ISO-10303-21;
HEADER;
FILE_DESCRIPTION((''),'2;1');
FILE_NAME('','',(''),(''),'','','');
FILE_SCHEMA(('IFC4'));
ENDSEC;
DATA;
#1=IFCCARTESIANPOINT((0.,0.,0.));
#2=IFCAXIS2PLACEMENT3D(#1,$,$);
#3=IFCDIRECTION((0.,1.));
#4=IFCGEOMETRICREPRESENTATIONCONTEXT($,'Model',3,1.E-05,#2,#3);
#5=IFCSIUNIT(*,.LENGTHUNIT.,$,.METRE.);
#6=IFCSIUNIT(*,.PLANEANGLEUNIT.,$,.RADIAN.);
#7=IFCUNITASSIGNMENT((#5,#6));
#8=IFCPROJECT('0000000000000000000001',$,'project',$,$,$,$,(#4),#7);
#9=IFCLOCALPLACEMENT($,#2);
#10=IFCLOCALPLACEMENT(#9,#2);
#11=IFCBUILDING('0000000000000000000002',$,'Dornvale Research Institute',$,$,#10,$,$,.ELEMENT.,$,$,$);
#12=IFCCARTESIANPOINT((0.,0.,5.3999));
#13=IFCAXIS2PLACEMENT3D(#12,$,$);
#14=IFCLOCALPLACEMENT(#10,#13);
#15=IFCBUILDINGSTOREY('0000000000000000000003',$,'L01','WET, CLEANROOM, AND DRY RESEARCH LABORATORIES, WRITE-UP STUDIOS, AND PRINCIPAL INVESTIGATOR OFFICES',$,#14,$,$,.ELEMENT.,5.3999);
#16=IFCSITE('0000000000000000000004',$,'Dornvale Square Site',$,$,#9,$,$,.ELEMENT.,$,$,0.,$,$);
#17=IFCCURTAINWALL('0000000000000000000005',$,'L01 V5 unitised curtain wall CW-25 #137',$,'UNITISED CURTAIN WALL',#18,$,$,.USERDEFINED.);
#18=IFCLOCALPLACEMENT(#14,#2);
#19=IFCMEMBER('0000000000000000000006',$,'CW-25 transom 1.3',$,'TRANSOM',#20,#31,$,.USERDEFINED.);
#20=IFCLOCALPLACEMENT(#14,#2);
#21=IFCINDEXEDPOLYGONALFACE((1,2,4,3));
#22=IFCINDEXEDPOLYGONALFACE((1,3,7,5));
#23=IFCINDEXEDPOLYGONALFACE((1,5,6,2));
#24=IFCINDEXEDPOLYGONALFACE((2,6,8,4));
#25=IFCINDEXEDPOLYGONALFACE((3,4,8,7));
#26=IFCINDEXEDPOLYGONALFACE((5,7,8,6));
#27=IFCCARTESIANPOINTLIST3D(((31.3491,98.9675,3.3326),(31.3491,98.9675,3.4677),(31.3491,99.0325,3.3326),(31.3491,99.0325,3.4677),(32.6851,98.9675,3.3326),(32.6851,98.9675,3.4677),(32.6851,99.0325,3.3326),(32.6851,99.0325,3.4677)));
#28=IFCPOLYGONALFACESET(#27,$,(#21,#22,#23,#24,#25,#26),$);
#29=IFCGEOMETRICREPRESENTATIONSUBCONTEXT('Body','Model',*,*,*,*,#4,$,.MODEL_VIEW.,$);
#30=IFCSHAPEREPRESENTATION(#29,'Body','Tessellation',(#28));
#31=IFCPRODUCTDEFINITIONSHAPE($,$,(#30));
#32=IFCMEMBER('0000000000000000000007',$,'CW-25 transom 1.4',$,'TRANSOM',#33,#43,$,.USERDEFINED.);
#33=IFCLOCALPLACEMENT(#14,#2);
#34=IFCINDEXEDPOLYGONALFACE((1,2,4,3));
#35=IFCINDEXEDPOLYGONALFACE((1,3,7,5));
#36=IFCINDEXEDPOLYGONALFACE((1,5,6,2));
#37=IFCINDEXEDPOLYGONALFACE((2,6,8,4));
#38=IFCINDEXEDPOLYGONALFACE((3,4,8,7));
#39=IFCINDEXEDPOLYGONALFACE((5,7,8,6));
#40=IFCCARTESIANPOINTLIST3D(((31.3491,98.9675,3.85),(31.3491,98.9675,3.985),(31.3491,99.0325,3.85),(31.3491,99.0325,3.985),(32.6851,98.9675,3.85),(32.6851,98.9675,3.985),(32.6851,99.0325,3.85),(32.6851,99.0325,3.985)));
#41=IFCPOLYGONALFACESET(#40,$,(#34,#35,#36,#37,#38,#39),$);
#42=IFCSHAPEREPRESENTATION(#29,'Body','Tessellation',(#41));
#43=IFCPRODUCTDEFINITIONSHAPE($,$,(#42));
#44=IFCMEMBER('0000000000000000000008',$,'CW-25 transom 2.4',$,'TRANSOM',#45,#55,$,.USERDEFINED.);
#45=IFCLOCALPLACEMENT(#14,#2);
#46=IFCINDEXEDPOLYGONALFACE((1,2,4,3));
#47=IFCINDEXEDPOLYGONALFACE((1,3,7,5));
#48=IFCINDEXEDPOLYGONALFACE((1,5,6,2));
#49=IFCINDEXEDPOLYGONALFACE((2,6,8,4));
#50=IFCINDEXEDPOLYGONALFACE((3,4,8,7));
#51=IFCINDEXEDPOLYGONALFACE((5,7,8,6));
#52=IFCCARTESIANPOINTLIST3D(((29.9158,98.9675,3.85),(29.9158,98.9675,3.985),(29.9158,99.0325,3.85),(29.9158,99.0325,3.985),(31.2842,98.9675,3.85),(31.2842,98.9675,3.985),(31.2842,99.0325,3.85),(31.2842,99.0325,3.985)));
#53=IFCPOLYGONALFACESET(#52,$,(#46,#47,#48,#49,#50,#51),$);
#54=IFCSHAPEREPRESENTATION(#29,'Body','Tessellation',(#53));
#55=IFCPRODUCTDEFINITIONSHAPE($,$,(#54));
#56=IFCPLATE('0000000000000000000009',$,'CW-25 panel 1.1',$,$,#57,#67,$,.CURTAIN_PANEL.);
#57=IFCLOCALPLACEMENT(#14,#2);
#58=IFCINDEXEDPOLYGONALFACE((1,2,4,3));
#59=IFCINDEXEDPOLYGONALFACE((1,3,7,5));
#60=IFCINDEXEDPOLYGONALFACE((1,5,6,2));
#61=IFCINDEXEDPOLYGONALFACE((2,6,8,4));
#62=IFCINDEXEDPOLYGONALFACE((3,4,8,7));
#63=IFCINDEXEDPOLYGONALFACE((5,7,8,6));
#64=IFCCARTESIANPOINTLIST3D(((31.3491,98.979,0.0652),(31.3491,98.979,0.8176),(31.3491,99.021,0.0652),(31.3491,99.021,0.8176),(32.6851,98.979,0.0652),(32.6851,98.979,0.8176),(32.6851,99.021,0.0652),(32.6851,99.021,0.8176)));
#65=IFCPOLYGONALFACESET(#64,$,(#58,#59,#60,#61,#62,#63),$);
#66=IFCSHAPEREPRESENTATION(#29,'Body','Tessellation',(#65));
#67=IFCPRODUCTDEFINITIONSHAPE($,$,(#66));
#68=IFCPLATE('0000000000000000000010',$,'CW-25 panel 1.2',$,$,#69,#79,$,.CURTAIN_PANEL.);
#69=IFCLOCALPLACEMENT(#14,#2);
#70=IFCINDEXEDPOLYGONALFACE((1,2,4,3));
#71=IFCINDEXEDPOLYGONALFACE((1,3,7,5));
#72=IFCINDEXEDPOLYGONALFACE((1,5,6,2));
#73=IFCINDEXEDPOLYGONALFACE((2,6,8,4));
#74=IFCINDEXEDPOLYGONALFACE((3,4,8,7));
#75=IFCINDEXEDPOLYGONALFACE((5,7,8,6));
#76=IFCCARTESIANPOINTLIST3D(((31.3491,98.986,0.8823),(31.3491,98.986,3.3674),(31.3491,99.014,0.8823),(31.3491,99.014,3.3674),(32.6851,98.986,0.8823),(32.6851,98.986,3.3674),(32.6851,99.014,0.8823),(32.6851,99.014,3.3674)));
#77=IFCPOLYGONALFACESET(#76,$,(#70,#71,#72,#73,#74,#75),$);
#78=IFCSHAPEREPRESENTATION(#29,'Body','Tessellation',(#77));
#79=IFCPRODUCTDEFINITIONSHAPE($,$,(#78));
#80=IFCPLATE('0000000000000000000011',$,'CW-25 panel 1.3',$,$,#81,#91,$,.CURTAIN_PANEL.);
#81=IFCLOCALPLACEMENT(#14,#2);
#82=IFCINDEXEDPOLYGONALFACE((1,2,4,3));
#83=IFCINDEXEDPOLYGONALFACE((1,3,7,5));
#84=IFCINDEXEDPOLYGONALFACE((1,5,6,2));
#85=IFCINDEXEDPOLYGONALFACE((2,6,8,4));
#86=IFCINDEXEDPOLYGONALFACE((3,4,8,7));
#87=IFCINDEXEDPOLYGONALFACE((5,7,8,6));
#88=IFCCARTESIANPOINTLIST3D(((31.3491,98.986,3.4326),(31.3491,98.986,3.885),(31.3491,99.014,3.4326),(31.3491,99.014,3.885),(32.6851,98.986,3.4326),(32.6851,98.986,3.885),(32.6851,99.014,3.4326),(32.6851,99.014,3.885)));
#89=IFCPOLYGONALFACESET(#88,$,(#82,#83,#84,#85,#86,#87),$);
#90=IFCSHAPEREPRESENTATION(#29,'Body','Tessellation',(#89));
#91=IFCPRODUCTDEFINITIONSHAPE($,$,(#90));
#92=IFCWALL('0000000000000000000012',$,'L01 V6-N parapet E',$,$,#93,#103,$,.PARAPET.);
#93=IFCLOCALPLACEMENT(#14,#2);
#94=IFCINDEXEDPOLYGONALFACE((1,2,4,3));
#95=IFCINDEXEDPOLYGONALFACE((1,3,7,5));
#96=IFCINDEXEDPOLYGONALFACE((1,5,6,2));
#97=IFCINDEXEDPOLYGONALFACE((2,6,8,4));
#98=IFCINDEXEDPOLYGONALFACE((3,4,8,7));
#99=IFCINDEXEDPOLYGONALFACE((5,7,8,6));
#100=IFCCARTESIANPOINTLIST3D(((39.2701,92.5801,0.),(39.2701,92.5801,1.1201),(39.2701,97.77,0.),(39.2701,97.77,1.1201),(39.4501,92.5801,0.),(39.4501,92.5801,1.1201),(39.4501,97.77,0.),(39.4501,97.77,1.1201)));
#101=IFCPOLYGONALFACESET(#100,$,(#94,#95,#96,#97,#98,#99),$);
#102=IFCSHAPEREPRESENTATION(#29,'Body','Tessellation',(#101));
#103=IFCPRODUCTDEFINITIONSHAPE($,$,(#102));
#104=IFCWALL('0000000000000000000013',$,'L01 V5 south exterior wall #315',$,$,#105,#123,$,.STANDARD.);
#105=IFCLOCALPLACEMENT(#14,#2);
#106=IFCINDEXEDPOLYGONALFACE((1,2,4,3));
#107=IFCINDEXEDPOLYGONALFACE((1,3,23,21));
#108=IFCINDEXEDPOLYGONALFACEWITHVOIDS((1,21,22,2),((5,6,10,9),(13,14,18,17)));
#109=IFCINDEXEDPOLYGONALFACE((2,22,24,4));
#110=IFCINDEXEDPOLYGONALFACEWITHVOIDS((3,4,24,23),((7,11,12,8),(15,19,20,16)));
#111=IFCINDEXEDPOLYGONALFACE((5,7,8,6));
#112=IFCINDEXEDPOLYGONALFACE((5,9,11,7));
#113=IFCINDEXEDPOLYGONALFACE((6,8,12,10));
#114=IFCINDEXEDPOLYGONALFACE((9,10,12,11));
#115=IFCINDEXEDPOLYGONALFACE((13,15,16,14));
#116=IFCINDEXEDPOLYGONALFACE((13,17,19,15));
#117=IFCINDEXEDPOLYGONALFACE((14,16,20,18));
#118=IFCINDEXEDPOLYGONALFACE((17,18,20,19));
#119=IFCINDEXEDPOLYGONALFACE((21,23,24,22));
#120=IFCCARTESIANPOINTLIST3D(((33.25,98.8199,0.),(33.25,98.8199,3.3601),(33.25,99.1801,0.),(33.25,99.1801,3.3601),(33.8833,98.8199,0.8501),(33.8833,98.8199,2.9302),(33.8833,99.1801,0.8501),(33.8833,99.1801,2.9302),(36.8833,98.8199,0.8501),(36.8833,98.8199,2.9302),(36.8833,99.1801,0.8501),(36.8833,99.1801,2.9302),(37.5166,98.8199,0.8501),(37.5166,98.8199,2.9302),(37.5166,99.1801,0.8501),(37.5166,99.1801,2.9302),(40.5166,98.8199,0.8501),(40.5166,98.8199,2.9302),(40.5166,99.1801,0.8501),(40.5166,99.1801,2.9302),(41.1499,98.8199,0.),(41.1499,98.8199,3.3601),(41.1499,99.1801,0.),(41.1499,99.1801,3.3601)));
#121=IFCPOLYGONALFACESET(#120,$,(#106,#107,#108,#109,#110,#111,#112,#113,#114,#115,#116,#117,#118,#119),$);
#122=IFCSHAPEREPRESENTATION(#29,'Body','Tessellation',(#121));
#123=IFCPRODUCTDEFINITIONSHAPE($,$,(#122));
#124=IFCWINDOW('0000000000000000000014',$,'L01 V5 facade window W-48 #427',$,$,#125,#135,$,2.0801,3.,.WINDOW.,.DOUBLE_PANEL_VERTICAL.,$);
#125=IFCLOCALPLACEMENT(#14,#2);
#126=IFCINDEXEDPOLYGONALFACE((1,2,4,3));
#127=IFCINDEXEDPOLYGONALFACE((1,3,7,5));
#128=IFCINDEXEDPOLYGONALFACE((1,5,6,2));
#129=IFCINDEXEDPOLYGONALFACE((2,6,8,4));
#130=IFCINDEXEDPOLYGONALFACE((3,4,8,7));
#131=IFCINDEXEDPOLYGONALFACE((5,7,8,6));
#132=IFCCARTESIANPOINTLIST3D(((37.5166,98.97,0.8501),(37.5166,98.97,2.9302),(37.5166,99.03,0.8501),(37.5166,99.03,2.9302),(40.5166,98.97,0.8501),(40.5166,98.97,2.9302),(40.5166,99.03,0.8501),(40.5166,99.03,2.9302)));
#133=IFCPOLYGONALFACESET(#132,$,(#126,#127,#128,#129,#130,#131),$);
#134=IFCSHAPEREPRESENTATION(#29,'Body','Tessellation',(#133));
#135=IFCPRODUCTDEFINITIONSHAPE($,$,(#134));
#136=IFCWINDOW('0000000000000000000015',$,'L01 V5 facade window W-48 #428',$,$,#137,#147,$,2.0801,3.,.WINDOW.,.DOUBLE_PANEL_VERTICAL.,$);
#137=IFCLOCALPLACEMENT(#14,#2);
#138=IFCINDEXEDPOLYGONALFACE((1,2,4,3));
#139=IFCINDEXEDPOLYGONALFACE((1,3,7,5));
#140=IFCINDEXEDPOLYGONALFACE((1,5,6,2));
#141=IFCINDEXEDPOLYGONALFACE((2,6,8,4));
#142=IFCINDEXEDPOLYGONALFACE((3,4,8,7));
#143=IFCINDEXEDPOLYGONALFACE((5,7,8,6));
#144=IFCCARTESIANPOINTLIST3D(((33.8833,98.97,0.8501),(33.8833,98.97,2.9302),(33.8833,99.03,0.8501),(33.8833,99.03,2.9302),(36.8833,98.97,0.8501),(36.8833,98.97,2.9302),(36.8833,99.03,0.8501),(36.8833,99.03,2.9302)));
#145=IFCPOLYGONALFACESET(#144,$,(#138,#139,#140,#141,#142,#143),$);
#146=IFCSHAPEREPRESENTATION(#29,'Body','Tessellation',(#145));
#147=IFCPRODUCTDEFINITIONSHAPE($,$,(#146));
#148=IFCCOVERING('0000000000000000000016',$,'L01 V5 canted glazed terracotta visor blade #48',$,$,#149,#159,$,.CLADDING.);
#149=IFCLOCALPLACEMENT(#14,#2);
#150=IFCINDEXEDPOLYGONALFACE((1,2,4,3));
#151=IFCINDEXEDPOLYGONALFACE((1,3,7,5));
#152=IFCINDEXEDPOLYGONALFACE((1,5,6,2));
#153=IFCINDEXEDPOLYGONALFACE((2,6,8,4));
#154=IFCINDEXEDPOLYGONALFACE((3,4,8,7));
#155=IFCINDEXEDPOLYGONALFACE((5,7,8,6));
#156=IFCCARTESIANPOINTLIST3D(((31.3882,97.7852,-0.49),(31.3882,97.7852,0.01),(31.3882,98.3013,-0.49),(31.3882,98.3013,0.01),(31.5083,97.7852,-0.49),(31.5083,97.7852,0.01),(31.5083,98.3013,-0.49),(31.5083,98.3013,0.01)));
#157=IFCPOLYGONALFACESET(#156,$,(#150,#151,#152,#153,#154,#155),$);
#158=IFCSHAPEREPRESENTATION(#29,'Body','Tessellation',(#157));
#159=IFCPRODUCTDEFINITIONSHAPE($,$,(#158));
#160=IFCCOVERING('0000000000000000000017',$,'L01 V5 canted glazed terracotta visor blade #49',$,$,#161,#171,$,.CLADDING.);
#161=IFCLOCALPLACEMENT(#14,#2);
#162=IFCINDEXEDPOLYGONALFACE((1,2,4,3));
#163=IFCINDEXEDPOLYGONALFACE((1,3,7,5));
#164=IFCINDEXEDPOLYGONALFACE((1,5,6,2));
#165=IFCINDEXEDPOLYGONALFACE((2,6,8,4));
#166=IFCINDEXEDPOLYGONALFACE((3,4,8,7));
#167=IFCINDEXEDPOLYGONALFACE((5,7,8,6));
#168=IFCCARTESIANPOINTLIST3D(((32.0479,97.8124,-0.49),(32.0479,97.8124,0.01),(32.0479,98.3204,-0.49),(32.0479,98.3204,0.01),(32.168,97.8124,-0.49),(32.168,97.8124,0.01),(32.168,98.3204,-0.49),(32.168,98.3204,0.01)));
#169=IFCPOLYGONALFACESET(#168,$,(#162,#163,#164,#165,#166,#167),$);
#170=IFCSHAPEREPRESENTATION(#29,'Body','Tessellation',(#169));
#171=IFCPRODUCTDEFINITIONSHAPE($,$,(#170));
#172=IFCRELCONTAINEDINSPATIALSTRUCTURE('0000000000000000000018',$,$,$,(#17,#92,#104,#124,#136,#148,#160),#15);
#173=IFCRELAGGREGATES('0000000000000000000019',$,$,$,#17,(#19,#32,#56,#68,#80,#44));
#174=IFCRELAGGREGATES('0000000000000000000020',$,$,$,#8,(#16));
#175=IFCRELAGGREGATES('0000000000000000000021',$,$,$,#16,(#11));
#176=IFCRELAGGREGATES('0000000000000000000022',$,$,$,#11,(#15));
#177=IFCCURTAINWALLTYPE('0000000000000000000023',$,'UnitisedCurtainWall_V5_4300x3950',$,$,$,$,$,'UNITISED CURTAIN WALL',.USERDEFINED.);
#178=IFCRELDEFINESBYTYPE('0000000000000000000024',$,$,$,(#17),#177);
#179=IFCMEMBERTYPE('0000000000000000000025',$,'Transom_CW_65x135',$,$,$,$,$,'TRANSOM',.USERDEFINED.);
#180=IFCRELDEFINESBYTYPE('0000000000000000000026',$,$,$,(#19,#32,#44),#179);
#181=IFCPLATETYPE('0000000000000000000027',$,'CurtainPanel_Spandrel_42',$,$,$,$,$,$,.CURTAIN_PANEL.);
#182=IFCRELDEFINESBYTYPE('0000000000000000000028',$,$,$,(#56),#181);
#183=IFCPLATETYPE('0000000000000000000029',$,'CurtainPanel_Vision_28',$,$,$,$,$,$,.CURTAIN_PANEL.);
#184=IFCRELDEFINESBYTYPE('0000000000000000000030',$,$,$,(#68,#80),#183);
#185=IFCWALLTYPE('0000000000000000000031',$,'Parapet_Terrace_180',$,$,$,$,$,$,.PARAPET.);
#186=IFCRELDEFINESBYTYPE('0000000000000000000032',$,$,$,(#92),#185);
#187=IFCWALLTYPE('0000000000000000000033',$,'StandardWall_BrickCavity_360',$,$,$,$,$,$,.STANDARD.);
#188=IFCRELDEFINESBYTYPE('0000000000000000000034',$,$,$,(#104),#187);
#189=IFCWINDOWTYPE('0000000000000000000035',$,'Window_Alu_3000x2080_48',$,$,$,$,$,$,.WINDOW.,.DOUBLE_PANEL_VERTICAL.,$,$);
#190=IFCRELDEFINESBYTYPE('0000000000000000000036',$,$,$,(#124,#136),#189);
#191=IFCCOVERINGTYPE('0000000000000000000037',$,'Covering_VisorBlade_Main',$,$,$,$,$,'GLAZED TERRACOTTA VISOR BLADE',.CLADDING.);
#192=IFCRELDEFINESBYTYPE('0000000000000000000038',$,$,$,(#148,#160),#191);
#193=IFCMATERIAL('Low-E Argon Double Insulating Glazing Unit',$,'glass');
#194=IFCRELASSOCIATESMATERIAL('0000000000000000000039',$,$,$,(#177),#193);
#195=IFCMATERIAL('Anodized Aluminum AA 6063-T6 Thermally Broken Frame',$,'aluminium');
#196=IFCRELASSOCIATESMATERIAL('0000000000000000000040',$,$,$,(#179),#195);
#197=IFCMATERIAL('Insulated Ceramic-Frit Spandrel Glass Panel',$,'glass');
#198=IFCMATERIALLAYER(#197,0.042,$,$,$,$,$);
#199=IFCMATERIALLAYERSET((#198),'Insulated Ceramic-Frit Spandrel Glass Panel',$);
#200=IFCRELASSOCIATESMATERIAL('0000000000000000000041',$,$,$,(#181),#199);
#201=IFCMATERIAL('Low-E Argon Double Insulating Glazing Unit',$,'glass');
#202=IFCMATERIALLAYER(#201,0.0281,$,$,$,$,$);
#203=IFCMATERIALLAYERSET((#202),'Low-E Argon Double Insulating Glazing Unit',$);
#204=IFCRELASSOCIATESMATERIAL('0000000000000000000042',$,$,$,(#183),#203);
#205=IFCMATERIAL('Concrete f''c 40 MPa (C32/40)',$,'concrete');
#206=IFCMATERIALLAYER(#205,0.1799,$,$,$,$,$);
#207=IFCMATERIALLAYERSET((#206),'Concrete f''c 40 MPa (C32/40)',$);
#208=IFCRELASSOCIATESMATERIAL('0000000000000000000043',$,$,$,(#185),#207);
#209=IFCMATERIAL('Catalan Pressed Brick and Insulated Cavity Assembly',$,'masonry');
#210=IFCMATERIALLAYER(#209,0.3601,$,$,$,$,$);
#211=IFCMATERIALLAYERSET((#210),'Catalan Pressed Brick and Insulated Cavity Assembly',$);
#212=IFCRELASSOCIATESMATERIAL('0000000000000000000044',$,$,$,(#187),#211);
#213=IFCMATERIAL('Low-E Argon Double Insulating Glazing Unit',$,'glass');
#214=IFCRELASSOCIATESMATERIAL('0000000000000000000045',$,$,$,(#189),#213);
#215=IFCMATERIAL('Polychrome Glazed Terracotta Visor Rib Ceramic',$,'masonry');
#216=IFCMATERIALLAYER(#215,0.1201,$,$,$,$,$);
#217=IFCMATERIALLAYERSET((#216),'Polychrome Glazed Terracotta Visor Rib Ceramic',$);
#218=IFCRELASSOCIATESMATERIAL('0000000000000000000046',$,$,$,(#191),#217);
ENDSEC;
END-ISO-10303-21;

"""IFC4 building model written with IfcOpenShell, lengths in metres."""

from ifc_helpers import new_model, si_unit, direction, frame, frame_2d, origin, origin_2d, place, context, subcontext, project, spatial, rectangle, extrude, material, layer, layer_set, material_profile, profile_set, type_object, element, fill, aggregate, save


model = new_model("IFC4")

# Units and contexts
model_context = context("Model", 3, precision=1e-05, world=origin(), true_north=direction((0.0, 1.0)))
body_context = subcontext(model_context, "Body", "Model", "MODEL_VIEW")
ifc_project = project(units=[si_unit("LENGTHUNIT", "METRE"), si_unit("PLANEANGLEUNIT", "RADIAN")], contexts=[model_context])

# Site, building, storey
site_placement = place(None, origin())
site = spatial("IfcSite", under=ifc_project, at=site_placement, Name="Dornvale Square Site", CompositionType="ELEMENT", RefElevation=0.0)
building_placement = place(site_placement, origin())
building = spatial("IfcBuilding", under=site, at=building_placement, Name="Dornvale Research Institute", CompositionType="ELEMENT")
storey_placement = place(building_placement, frame((0.0, 0.0, 5.3999)))
storey = spatial("IfcBuildingStorey", under=building, at=storey_placement, Name="L01", Description="WET, CLEANROOM, AND DRY RESEARCH LABORATORIES, WRITE-UP STUDIOS, AND PRINCIPAL INVESTIGATOR OFFICES", CompositionType="ELEMENT", Elevation=5.3999)

# Curtain wall
ifc_material_1 = material(Name="Low-E Argon Double Insulating Glazing Unit", Category="glass")
curtain_wall_type = type_object("IfcCurtainWallType", Name="UnitisedCurtainWall_V5_4300x3950", ElementType="UNITISED CURTAIN WALL", PredefinedType="USERDEFINED", material=ifc_material_1)
curtain_wall_placement = place(storey_placement, origin())
curtain_wall = element("IfcCurtainWall", 1, at=curtain_wall_placement, inside=storey, type_object=curtain_wall_type, Name="L01 V5 unitised curtain wall CW-25 #137", ObjectType="UNITISED CURTAIN WALL", PredefinedType="USERDEFINED")

# Members
ifc_material_2 = material(Name="Anodized Aluminum AA 6063-T6 Thermally Broken Frame", Category="aluminium")
ifc_material_profile_1 = material_profile(ifc_material_2, rectangle(XDim=0.0649, YDim=0.135, at=origin_2d()), Name="ALU TRANSOM 65x135")
ifc_profile_set_1 = profile_set([ifc_material_profile_1], Name="Anodized Aluminum AA 6063-T6 Thermally Broken Frame")
member_type_1 = type_object("IfcMemberType", Name="Transom_CW_65x135", ElementType="TRANSOM", PredefinedType="USERDEFINED", material=ifc_profile_set_1)
member_1_placement = place(storey_placement, frame((32.6851, 99.0, 3.4001), z_axis=(-1.0, 0.0, 0.0), x_axis=(0.0, -1.0, 0.0)))
member_1 = element("IfcMember", 2, at=member_1_placement, type_object=member_type_1, Name="CW-25 transom 1.3", ObjectType="TRANSOM", PredefinedType="USERDEFINED", context=body_context, shape_type="SweptSolid", body=[
    extrude(rectangle(XDim=0.0649, YDim=0.135, at=origin_2d()), origin(), (0.0, 0.0, 1.0), 1.3359),
])
member_2_placement = place(storey_placement, frame((32.6851, 99.0, 3.9175), z_axis=(-1.0, 0.0, 0.0), x_axis=(0.0, -1.0, 0.0)))
member_2 = element("IfcMember", 3, at=member_2_placement, type_object=member_type_1, Name="CW-25 transom 1.4", ObjectType="TRANSOM", PredefinedType="USERDEFINED", context=body_context, shape_type="SweptSolid", body=[
    extrude(rectangle(XDim=0.0649, YDim=0.135, at=origin_2d()), origin(), (0.0, 0.0, 1.0), 1.3359),
])
member_3_placement = place(storey_placement, frame((31.2842, 99.0, 3.9175), z_axis=(-1.0, 0.0, 0.0), x_axis=(0.0, -1.0, 0.0)))
member_3 = element("IfcMember", 4, at=member_3_placement, type_object=member_type_1, Name="CW-25 transom 2.4", ObjectType="TRANSOM", PredefinedType="USERDEFINED", context=body_context, shape_type="SweptSolid", body=[
    extrude(rectangle(XDim=0.0649, YDim=0.135, at=origin_2d()), origin(), (0.0, 0.0, 1.0), 1.3684),
])

# Plates
ifc_material_3 = material(Name="Insulated Ceramic-Frit Spandrel Glass Panel", Category="glass")
ifc_layer_1 = layer(ifc_material_3, 0.042)
ifc_layer_set_1 = layer_set([ifc_layer_1], Name="Insulated Ceramic-Frit Spandrel Glass Panel")
plate_type_1 = type_object("IfcPlateType", Name="CurtainPanel_Spandrel_42", PredefinedType="CURTAIN_PANEL", material=ifc_layer_set_1)
plate_1_placement = place(storey_placement, frame((32.0171, 99.0, 0.0652), z_axis=(0.0, 0.0, 1.0), x_axis=(-1.0, 0.0, 0.0)))
plate_1 = element("IfcPlate", 5, at=plate_1_placement, type_object=plate_type_1, Name="CW-25 panel 1.1", PredefinedType="CURTAIN_PANEL", context=body_context, shape_type="SweptSolid", body=[
    extrude(rectangle(XDim=1.3359, YDim=0.042, at=origin_2d()), origin(), (0.0, 0.0, 1.0), 0.7524),
])
ifc_material_4 = material(Name="Low-E Argon Double Insulating Glazing Unit", Category="glass")
ifc_layer_2 = layer(ifc_material_4, 0.0281)
ifc_layer_set_2 = layer_set([ifc_layer_2], Name="Low-E Argon Double Insulating Glazing Unit")
plate_type_2 = type_object("IfcPlateType", Name="CurtainPanel_Vision_28", PredefinedType="CURTAIN_PANEL", material=ifc_layer_set_2)
plate_2_placement = place(storey_placement, frame((32.0171, 99.0, 0.8823), z_axis=(0.0, 0.0, 1.0), x_axis=(-1.0, 0.0, 0.0)))
plate_2 = element("IfcPlate", 6, at=plate_2_placement, type_object=plate_type_2, Name="CW-25 panel 1.2", PredefinedType="CURTAIN_PANEL", context=body_context, shape_type="SweptSolid", body=[
    extrude(rectangle(XDim=1.3359, YDim=0.0281, at=origin_2d()), origin(), (0.0, 0.0, 1.0), 2.4851),
])
plate_3_placement = place(storey_placement, frame((32.0171, 99.0, 3.4326), z_axis=(0.0, 0.0, 1.0), x_axis=(-1.0, 0.0, 0.0)))
plate_3 = element("IfcPlate", 7, at=plate_3_placement, type_object=plate_type_2, Name="CW-25 panel 1.3", PredefinedType="CURTAIN_PANEL", context=body_context, shape_type="SweptSolid", body=[
    extrude(rectangle(XDim=1.3359, YDim=0.0281, at=origin_2d()), origin(), (0.0, 0.0, 1.0), 0.4524),
])
aggregate(curtain_wall, [member_1, member_2, plate_1, plate_2, plate_3, member_3])

# Wall
ifc_material_5 = material(Name="Concrete f'c 40 MPa (C32/40)", Category="concrete")
ifc_layer_3 = layer(ifc_material_5, 0.1799)
ifc_layer_set_3 = layer_set([ifc_layer_3], Name="Concrete f'c 40 MPa (C32/40)")
wall_type_1 = type_object("IfcWallType", Name="Parapet_Terrace_180", PredefinedType="PARAPET", material=ifc_layer_set_3)
wall_1_placement = place(storey_placement, frame((39.3601, 92.5801, 0.0), z_axis=(0.0, 0.0, 1.0), x_axis=(0.0, 1.0, 0.0)))
element("IfcWall", 8, at=wall_1_placement, inside=storey, type_object=wall_type_1, Name="L01 V6-N parapet E", PredefinedType="PARAPET", context=body_context, shape_type="SweptSolid", body=[
    extrude(rectangle(XDim=5.1899, YDim=0.1799, at=frame_2d((2.595, 0.0))), origin(), (0.0, 0.0, 1.0), 1.1201),
])

# Wall, openings, windows
ifc_material_6 = material(Name="Catalan Pressed Brick and Insulated Cavity Assembly", Category="masonry")
ifc_layer_4 = layer(ifc_material_6, 0.3601)
ifc_layer_set_4 = layer_set([ifc_layer_4], Name="Catalan Pressed Brick and Insulated Cavity Assembly")
wall_type_2 = type_object("IfcWallType", Name="StandardWall_BrickCavity_360", PredefinedType="STANDARD", material=ifc_layer_set_4)
wall_2_placement = place(storey_placement, frame((41.1499, 99.0, 0.0), z_axis=(0.0, 0.0, 1.0), x_axis=(-1.0, 0.0, 0.0)))
wall_2 = element("IfcWall", 9, at=wall_2_placement, inside=storey, type_object=wall_type_2, Name="L01 V5 south exterior wall #315", PredefinedType="STANDARD", context=body_context, shape_type="SweptSolid", body=[
    extrude(rectangle(XDim=7.8999, YDim=0.3601, at=frame_2d((3.95, 0.0))), origin(), (0.0, 0.0, 1.0), 3.3601),
])
opening_1_placement = place(wall_2_placement, frame((0.6333, 0.0, 0.8501)))
opening_1 = element("IfcOpeningElement", 10, at=opening_1_placement, cuts=wall_2, PredefinedType="OPENING", context=body_context, shape_type="SweptSolid", body=[
    extrude(rectangle(XDim=3.0, YDim=2.0801, at=frame_2d((1.5, 1.04))), frame((0.0, 0.1951, 0.0), z_axis=(0.0, -1.0, 0.0), x_axis=(1.0, 0.0, 0.0)), (0.0, 0.0, 1.0), 0.3901),
])
opening_2_placement = place(wall_2_placement, frame((4.2666, 0.0, 0.8501)))
opening_2 = element("IfcOpeningElement", 11, at=opening_2_placement, cuts=wall_2, PredefinedType="OPENING", context=body_context, shape_type="SweptSolid", body=[
    extrude(rectangle(XDim=3.0, YDim=2.0801, at=frame_2d((1.5, 1.04))), frame((0.0, 0.1951, 0.0), z_axis=(0.0, -1.0, 0.0), x_axis=(1.0, 0.0, 0.0)), (0.0, 0.0, 1.0), 0.3901),
])
ifc_material_7 = material(Name="Low-E Argon Double Insulating Glazing Unit", Category="glass")
window_type = type_object("IfcWindowType", Name="Window_Alu_3000x2080_48", PartitioningType="DOUBLE_PANEL_VERTICAL", PredefinedType="WINDOW", material=ifc_material_7)
window_1_placement = place(opening_1_placement, origin())
window_1 = element("IfcWindow", 12, at=window_1_placement, inside=storey, type_object=window_type, Name="L01 V5 facade window W-48 #427", OverallHeight=2.0801, OverallWidth=3.0, PartitioningType="DOUBLE_PANEL_VERTICAL", PredefinedType="WINDOW", context=body_context, shape_type="SweptSolid", body=[
    extrude(rectangle(XDim=3.0, YDim=2.0801, at=frame_2d((1.5, 1.04))), frame((0.0, 0.03, 0.0), z_axis=(0.0, -1.0, 0.0), x_axis=(1.0, 0.0, 0.0)), (0.0, 0.0, 1.0), 0.0601),
])
fill(opening_1, window_1)
window_2_placement = place(opening_2_placement, origin())
window_2 = element("IfcWindow", 13, at=window_2_placement, inside=storey, type_object=window_type, Name="L01 V5 facade window W-48 #428", OverallHeight=2.0801, OverallWidth=3.0, PartitioningType="DOUBLE_PANEL_VERTICAL", PredefinedType="WINDOW", context=body_context, shape_type="SweptSolid", body=[
    extrude(rectangle(XDim=3.0, YDim=2.0801, at=frame_2d((1.5, 1.04))), frame((0.0, 0.03, 0.0), z_axis=(0.0, -1.0, 0.0), x_axis=(1.0, 0.0, 0.0)), (0.0, 0.0, 1.0), 0.0601),
])
fill(opening_2, window_2)

# Coverings
ifc_material_8 = material(Name="Polychrome Glazed Terracotta Visor Rib Ceramic", Category="masonry")
ifc_layer_5 = layer(ifc_material_8, 0.1201)
ifc_layer_set_5 = layer_set([ifc_layer_5], Name="Polychrome Glazed Terracotta Visor Rib Ceramic")
covering_type = type_object("IfcCoveringType", Name="Covering_VisorBlade_Main", ElementType="GLAZED TERRACOTTA VISOR BLADE", PredefinedType="CLADDING", material=ifc_layer_set_5)
covering_1_placement = place(storey_placement, frame((31.4482, 98.0432, -0.49), z_axis=(0.0, 0.0, 1.0), x_axis=(0.0, 1.0, 0.0)))
element("IfcCovering", 14, at=covering_1_placement, inside=storey, type_object=covering_type, Name="L01 V5 canted glazed terracotta visor blade #48", PredefinedType="CLADDING", context=body_context, shape_type="SweptSolid", body=[
    extrude(rectangle(XDim=0.5161, YDim=0.1201, at=origin_2d()), origin(), (0.0, 0.0, 1.0), 0.5),
])
covering_2_placement = place(storey_placement, frame((32.1079, 98.0664, -0.49), z_axis=(0.0, 0.0, 1.0), x_axis=(0.0, 1.0, 0.0)))
element("IfcCovering", 15, at=covering_2_placement, inside=storey, type_object=covering_type, Name="L01 V5 canted glazed terracotta visor blade #49", PredefinedType="CLADDING", context=body_context, shape_type="SweptSolid", body=[
    extrude(rectangle(XDim=0.5081, YDim=0.1201, at=origin_2d()), origin(), (0.0, 0.0, 1.0), 0.5),
])

save(model, "model.ifc")
